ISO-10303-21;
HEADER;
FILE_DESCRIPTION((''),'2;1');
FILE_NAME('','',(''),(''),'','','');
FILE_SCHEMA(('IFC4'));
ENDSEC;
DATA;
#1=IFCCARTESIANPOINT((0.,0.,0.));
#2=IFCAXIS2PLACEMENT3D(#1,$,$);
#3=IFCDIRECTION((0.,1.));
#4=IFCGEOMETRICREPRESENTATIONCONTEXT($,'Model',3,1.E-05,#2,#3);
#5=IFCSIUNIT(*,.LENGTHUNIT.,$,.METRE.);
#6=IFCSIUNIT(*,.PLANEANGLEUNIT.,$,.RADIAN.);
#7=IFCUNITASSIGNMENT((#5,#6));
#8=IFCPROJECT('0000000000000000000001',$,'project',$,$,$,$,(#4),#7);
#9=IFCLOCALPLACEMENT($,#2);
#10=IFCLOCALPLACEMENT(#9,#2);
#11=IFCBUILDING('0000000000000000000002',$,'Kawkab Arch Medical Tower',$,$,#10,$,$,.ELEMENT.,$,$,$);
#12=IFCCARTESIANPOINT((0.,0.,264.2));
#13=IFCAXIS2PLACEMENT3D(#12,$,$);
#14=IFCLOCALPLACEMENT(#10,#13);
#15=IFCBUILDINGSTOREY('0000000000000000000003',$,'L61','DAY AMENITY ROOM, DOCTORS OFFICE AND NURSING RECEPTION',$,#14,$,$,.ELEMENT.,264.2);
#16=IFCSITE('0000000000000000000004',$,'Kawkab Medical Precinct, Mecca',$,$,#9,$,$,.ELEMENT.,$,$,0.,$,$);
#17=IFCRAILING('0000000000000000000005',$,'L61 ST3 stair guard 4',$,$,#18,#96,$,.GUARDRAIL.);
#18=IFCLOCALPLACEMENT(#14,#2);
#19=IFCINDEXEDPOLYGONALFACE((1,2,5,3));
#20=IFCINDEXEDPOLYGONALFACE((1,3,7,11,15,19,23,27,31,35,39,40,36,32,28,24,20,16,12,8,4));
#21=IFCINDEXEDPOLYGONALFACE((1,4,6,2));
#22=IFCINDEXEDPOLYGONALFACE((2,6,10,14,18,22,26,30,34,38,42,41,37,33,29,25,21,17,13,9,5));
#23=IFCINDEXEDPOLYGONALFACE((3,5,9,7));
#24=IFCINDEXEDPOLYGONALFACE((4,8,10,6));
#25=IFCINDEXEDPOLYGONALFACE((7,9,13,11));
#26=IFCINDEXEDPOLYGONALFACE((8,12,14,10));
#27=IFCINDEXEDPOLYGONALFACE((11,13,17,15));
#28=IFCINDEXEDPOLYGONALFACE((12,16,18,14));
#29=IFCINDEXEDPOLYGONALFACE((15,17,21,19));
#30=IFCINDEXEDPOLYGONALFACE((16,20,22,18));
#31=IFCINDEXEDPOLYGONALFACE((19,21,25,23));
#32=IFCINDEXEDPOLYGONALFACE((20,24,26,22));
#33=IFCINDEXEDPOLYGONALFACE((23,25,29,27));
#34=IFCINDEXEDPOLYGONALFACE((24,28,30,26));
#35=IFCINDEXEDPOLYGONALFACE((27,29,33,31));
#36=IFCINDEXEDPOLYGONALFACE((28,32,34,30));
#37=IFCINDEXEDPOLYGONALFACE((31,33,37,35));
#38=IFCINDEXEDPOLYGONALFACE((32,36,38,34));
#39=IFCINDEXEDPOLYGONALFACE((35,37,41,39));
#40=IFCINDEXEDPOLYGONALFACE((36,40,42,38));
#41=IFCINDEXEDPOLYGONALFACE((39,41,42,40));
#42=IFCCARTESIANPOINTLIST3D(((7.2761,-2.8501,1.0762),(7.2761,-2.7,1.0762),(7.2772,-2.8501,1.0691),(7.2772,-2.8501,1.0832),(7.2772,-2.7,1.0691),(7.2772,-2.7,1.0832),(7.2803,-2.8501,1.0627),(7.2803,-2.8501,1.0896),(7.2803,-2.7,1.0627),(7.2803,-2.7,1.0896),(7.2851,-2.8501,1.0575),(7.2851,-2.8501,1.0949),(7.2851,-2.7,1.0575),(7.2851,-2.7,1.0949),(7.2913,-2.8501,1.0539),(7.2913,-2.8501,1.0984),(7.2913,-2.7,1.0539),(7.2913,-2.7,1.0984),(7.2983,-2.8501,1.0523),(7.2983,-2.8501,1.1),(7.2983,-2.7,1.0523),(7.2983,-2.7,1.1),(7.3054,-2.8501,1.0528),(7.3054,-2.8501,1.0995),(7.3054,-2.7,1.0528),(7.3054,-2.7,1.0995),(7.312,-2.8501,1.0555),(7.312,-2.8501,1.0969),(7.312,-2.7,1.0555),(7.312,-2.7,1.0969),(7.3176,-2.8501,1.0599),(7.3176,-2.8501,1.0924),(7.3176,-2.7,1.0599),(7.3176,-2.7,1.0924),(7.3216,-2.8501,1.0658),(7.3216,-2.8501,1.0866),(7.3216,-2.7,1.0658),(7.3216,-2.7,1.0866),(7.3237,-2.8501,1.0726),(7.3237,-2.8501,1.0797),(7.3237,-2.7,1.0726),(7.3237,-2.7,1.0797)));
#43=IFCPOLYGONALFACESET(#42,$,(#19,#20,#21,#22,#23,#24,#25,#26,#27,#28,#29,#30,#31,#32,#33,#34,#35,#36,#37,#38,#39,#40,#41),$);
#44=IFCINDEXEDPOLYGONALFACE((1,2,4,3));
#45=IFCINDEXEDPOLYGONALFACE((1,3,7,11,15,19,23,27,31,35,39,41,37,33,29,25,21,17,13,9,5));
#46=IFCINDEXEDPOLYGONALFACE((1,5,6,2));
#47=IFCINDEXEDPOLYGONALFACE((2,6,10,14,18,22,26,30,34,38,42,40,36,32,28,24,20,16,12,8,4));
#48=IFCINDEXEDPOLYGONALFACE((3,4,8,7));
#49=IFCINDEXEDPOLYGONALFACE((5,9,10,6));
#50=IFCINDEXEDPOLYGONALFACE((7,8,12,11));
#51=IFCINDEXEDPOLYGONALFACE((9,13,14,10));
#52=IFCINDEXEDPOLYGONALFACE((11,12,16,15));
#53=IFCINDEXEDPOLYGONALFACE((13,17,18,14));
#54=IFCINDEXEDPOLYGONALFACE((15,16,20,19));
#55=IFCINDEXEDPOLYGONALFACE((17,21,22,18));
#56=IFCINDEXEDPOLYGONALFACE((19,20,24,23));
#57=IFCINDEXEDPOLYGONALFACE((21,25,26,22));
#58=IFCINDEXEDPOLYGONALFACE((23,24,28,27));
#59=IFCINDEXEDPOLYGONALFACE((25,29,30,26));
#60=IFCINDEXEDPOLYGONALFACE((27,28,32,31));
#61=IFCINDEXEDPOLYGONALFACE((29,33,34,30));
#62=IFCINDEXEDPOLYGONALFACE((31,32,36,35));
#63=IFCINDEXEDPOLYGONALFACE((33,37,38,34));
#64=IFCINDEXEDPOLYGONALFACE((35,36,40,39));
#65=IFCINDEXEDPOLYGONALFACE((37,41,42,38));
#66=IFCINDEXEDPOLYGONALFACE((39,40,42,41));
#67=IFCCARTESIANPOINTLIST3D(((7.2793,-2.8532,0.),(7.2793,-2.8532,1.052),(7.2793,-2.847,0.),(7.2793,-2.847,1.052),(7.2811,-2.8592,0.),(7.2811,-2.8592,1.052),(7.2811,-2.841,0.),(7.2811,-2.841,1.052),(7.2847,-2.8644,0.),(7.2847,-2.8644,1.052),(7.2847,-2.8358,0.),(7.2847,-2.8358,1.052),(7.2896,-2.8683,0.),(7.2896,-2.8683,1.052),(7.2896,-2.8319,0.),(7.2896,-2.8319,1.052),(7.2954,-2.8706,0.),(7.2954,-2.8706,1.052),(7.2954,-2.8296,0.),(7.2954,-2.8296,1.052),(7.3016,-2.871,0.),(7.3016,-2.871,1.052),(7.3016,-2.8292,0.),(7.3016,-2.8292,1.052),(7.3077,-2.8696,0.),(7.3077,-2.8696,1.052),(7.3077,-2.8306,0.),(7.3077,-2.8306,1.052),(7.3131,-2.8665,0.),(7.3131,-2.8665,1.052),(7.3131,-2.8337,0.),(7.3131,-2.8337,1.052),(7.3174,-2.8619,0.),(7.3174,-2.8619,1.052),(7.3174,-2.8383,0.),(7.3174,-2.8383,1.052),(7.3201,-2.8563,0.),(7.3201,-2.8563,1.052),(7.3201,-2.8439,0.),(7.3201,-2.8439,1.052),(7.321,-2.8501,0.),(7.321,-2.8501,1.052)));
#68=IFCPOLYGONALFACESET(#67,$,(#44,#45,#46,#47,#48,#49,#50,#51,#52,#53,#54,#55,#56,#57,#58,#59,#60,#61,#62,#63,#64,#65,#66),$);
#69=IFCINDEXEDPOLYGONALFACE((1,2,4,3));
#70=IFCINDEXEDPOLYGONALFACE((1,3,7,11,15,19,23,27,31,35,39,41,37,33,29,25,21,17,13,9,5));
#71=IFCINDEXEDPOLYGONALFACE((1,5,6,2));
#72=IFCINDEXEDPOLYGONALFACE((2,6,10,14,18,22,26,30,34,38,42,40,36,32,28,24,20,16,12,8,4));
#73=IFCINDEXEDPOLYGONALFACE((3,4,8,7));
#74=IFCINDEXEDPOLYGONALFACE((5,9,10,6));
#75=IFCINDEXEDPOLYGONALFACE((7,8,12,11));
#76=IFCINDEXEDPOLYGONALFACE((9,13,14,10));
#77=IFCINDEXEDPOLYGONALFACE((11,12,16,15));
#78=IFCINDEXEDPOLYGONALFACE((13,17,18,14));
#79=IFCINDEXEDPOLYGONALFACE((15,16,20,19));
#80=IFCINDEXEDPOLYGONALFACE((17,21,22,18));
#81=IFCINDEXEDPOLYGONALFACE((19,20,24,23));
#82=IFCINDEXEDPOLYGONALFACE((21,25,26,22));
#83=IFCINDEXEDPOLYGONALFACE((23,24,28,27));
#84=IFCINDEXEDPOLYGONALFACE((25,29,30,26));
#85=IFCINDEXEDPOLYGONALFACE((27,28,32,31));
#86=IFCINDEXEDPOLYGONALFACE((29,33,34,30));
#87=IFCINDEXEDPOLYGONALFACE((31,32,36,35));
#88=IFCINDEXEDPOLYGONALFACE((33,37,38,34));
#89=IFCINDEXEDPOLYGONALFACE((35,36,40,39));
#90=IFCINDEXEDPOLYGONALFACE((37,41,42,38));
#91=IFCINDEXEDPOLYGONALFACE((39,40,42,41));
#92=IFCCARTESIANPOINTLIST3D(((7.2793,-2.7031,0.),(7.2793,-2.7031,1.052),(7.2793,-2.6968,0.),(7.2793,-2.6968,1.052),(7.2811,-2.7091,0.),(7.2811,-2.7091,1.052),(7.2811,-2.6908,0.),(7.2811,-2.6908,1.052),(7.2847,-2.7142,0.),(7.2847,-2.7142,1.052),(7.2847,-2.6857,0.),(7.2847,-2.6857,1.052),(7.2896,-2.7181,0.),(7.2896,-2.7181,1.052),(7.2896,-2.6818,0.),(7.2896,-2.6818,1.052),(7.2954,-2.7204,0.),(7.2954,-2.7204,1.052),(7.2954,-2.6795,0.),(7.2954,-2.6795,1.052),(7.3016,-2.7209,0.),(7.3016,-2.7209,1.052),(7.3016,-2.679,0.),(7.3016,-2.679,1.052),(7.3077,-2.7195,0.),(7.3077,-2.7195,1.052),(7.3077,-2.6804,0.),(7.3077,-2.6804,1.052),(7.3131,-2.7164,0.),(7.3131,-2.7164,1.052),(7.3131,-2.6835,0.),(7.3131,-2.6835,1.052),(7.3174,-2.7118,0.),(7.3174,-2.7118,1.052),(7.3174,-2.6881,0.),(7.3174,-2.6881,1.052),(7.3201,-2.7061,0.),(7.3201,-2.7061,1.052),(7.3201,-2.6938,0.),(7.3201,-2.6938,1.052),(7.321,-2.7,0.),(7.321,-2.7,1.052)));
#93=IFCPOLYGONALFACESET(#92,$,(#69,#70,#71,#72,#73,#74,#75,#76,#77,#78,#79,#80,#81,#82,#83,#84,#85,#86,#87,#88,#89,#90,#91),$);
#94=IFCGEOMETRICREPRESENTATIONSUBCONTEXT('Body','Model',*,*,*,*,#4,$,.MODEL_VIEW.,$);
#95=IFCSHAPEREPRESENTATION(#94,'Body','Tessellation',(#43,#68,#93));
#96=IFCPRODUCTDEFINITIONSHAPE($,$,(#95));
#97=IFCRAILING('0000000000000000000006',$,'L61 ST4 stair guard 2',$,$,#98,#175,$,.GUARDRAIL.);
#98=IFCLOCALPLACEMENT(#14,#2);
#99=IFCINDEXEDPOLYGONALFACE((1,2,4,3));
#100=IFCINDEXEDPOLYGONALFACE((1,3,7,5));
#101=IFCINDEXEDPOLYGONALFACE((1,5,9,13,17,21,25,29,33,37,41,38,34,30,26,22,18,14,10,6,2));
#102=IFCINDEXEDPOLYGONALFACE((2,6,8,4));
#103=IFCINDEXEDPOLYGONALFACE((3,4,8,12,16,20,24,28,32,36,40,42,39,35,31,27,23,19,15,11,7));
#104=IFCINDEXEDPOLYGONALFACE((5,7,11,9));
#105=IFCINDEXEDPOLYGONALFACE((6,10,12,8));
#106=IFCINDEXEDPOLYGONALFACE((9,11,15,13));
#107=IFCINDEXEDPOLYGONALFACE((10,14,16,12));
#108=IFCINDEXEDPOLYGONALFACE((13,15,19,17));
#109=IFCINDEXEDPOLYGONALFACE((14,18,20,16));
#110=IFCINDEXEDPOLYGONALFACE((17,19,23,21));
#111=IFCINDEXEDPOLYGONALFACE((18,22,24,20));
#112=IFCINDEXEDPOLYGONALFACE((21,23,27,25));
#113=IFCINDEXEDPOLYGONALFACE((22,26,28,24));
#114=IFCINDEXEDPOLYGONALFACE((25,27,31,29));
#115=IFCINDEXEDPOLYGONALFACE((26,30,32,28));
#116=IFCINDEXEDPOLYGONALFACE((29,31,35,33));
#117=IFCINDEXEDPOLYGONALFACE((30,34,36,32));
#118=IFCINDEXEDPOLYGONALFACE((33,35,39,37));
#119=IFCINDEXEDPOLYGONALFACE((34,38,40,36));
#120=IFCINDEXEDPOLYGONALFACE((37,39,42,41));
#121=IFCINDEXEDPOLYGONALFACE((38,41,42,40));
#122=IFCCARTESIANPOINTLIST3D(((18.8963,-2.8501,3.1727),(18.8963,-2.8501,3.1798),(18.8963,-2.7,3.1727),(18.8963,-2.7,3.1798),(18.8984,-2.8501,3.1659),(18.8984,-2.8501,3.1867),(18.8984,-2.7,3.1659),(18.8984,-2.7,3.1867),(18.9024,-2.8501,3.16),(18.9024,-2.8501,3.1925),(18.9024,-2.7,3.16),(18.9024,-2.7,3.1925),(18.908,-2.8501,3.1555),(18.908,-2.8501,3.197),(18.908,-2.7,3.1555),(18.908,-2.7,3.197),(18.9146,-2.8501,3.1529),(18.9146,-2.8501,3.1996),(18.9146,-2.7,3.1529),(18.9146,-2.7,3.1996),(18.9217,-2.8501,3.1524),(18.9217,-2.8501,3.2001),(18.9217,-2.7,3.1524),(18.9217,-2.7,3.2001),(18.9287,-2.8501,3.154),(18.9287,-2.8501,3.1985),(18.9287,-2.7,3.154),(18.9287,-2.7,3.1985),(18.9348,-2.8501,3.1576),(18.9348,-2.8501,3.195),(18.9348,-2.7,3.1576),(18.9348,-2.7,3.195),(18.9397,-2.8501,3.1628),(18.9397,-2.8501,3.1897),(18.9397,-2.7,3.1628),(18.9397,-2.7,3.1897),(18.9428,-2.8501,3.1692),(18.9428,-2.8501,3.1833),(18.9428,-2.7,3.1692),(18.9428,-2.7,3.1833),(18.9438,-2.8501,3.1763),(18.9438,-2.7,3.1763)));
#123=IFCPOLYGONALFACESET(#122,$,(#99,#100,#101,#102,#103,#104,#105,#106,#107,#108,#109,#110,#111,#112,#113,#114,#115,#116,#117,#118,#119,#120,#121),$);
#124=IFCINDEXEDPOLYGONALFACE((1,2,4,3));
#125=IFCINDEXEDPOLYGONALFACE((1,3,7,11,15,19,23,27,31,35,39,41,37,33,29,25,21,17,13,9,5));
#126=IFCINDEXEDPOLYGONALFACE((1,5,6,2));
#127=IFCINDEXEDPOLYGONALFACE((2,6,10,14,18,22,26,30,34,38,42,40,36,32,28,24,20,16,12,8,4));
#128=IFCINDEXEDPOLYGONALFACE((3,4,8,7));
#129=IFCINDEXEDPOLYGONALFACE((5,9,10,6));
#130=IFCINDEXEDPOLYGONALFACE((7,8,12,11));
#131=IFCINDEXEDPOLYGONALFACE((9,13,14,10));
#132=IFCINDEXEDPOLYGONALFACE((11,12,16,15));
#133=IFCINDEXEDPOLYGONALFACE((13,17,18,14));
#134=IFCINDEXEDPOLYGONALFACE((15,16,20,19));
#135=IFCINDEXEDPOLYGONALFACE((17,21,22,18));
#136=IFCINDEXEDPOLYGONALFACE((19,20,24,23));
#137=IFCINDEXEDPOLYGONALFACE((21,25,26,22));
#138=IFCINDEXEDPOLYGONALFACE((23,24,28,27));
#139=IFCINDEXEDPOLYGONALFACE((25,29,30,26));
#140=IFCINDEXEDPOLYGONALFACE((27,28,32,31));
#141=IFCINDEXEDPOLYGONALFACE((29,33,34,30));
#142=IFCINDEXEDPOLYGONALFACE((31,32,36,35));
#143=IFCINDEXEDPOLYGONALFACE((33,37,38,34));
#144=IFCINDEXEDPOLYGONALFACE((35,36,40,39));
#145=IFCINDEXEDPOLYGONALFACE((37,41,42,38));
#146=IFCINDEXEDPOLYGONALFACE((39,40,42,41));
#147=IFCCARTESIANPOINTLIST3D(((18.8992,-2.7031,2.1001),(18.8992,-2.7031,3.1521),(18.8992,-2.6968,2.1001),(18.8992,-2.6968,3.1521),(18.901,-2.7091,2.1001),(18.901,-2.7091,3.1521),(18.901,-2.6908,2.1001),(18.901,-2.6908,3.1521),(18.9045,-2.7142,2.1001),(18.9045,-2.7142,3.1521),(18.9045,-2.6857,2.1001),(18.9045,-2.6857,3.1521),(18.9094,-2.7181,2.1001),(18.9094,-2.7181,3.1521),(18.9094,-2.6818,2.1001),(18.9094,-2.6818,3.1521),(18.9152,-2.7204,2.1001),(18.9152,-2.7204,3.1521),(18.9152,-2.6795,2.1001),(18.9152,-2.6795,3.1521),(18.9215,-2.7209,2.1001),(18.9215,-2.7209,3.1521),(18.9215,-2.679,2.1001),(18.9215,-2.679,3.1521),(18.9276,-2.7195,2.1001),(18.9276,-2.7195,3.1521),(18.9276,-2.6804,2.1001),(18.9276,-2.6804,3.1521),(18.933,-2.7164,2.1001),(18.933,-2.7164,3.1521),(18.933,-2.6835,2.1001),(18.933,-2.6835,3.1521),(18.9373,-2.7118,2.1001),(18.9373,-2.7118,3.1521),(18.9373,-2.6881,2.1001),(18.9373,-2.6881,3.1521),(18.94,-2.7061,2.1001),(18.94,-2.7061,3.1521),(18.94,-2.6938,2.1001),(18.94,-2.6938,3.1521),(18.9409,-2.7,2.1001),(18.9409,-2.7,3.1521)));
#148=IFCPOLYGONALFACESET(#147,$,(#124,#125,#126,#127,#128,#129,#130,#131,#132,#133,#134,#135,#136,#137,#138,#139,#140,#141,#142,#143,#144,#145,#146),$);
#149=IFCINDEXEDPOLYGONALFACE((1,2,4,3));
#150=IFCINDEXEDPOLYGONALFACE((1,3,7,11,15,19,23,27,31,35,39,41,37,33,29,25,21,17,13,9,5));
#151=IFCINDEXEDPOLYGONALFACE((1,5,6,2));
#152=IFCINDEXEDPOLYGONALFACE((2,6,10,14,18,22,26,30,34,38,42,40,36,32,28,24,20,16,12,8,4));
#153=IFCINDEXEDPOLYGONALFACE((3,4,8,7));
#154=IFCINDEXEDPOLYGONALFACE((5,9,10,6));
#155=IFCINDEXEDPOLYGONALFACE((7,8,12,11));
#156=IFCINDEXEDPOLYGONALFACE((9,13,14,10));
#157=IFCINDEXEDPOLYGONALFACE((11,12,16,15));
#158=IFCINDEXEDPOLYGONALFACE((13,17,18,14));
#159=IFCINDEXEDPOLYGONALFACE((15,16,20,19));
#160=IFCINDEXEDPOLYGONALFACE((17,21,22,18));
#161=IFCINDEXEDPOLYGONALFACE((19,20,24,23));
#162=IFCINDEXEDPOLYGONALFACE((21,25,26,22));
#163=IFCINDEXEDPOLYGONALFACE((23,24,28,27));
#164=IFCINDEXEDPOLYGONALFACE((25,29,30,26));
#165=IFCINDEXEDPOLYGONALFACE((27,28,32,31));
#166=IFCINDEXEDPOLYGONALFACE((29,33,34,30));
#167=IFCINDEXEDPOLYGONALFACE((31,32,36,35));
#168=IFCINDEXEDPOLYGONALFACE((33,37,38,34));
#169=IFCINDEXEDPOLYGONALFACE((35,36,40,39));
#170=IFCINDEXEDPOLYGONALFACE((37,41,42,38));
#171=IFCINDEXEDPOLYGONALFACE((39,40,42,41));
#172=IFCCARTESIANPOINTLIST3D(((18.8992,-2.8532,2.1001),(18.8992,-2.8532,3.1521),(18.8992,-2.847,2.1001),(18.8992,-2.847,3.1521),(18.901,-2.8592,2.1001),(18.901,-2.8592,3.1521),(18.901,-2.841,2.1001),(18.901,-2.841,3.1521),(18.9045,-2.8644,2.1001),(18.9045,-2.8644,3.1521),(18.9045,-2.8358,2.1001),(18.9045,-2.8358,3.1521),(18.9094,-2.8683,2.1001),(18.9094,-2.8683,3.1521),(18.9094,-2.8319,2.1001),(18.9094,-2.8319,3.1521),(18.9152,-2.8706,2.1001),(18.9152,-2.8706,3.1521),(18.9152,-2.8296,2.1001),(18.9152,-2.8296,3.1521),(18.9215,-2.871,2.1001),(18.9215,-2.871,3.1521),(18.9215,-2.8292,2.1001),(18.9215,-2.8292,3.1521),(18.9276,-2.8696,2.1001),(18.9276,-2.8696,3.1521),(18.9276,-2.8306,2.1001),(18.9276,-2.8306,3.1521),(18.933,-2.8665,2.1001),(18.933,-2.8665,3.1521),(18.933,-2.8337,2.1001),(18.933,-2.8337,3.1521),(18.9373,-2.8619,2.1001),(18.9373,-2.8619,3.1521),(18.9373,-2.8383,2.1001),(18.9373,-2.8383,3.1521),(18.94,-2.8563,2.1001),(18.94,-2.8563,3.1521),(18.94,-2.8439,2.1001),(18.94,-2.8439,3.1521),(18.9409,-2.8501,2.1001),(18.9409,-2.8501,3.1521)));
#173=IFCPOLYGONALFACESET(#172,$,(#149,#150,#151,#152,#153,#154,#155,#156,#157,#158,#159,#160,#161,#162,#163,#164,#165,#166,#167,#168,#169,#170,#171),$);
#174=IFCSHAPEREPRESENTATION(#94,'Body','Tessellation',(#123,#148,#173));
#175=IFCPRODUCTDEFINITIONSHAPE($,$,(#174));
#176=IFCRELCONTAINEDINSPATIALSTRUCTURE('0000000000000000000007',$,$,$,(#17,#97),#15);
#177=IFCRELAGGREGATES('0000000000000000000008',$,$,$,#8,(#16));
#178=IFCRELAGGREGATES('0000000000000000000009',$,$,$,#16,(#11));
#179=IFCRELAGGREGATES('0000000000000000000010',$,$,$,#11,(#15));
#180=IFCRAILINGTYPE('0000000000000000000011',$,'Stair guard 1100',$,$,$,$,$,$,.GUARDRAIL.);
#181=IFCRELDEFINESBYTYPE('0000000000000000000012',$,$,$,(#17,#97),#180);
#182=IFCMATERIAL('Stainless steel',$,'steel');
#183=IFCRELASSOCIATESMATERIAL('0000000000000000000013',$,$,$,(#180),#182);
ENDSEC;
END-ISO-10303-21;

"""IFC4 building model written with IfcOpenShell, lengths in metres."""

from ifc_helpers import new_model, si_unit, direction, frame, origin, origin_2d, place, context, subcontext, project, spatial, circle, extrude, material, type_object, element, save


model = new_model("IFC4")

# Units and contexts
model_context = context("Model", 3, precision=1e-05, world=origin(), true_north=direction((0.0, 1.0)))
body_context = subcontext(model_context, "Body", "Model", "MODEL_VIEW")
ifc_project = project(units=[si_unit("LENGTHUNIT", "METRE"), si_unit("PLANEANGLEUNIT", "RADIAN")], contexts=[model_context])

# Site, building, storey
site_placement = place(None, origin())
site = spatial("IfcSite", under=ifc_project, at=site_placement, Name="Kawkab Medical Precinct, Mecca", CompositionType="ELEMENT", RefElevation=0.0)
building_placement = place(site_placement, origin())
building = spatial("IfcBuilding", under=site, at=building_placement, Name="Kawkab Arch Medical Tower", CompositionType="ELEMENT")
storey_placement = place(building_placement, frame((0.0, 0.0, 264.2)))
storey = spatial("IfcBuildingStorey", under=building, at=storey_placement, Name="L61", Description="DAY AMENITY ROOM, DOCTORS OFFICE AND NURSING RECEPTION", CompositionType="ELEMENT", Elevation=264.2)

# Railings
ifc_material_1 = material(Name="Stainless steel", Category="steel")
railing_type_1 = type_object("IfcRailingType", Name="Stair guard 1100", PredefinedType="GUARDRAIL", material=ifc_material_1)
railing_1_placement = place(storey_placement, frame((7.3, -2.8501, 0.0)))
element("IfcRailing", 1, at=railing_1_placement, inside=storey, type_object=railing_type_1, Name="L61 ST3 stair guard 4", PredefinedType="GUARDRAIL", context=body_context, shape_type="SweptSolid", body=[
    extrude(circle(Radius=0.0239, at=origin_2d()), frame((0.0, 0.0, 1.0762), z_axis=(0.0, 1.0, 0.0), x_axis=(-1.0, 0.0, 0.0)), (0.0, 0.0, 1.0), 0.1501),
    extrude(circle(Radius=0.021, at=origin_2d()), origin(), (0.0, 0.0, 1.0), 1.052),
    extrude(circle(Radius=0.021, at=origin_2d()), frame((0.0, 0.1501, 0.0)), (0.0, 0.0, 1.0), 1.052),
])
railing_2_placement = place(storey_placement, frame((18.9199, -2.7, 2.1001)))
element("IfcRailing", 2, at=railing_2_placement, inside=storey, type_object=railing_type_1, Name="L61 ST4 stair guard 2", PredefinedType="GUARDRAIL", context=body_context, shape_type="SweptSolid", body=[
    extrude(circle(Radius=0.0239, at=origin_2d()), frame((0.0, 0.0, 1.0762), z_axis=(0.0, -1.0, 0.0), x_axis=(1.0, 0.0, 0.0)), (0.0, 0.0, 1.0), 0.1501),
    extrude(circle(Radius=0.021, at=origin_2d()), origin(), (0.0, 0.0, 1.0), 1.052),
    extrude(circle(Radius=0.021, at=origin_2d()), frame((0.0, -0.1501, 0.0)), (0.0, 0.0, 1.0), 1.052),
])

save(model, "model.ifc")
